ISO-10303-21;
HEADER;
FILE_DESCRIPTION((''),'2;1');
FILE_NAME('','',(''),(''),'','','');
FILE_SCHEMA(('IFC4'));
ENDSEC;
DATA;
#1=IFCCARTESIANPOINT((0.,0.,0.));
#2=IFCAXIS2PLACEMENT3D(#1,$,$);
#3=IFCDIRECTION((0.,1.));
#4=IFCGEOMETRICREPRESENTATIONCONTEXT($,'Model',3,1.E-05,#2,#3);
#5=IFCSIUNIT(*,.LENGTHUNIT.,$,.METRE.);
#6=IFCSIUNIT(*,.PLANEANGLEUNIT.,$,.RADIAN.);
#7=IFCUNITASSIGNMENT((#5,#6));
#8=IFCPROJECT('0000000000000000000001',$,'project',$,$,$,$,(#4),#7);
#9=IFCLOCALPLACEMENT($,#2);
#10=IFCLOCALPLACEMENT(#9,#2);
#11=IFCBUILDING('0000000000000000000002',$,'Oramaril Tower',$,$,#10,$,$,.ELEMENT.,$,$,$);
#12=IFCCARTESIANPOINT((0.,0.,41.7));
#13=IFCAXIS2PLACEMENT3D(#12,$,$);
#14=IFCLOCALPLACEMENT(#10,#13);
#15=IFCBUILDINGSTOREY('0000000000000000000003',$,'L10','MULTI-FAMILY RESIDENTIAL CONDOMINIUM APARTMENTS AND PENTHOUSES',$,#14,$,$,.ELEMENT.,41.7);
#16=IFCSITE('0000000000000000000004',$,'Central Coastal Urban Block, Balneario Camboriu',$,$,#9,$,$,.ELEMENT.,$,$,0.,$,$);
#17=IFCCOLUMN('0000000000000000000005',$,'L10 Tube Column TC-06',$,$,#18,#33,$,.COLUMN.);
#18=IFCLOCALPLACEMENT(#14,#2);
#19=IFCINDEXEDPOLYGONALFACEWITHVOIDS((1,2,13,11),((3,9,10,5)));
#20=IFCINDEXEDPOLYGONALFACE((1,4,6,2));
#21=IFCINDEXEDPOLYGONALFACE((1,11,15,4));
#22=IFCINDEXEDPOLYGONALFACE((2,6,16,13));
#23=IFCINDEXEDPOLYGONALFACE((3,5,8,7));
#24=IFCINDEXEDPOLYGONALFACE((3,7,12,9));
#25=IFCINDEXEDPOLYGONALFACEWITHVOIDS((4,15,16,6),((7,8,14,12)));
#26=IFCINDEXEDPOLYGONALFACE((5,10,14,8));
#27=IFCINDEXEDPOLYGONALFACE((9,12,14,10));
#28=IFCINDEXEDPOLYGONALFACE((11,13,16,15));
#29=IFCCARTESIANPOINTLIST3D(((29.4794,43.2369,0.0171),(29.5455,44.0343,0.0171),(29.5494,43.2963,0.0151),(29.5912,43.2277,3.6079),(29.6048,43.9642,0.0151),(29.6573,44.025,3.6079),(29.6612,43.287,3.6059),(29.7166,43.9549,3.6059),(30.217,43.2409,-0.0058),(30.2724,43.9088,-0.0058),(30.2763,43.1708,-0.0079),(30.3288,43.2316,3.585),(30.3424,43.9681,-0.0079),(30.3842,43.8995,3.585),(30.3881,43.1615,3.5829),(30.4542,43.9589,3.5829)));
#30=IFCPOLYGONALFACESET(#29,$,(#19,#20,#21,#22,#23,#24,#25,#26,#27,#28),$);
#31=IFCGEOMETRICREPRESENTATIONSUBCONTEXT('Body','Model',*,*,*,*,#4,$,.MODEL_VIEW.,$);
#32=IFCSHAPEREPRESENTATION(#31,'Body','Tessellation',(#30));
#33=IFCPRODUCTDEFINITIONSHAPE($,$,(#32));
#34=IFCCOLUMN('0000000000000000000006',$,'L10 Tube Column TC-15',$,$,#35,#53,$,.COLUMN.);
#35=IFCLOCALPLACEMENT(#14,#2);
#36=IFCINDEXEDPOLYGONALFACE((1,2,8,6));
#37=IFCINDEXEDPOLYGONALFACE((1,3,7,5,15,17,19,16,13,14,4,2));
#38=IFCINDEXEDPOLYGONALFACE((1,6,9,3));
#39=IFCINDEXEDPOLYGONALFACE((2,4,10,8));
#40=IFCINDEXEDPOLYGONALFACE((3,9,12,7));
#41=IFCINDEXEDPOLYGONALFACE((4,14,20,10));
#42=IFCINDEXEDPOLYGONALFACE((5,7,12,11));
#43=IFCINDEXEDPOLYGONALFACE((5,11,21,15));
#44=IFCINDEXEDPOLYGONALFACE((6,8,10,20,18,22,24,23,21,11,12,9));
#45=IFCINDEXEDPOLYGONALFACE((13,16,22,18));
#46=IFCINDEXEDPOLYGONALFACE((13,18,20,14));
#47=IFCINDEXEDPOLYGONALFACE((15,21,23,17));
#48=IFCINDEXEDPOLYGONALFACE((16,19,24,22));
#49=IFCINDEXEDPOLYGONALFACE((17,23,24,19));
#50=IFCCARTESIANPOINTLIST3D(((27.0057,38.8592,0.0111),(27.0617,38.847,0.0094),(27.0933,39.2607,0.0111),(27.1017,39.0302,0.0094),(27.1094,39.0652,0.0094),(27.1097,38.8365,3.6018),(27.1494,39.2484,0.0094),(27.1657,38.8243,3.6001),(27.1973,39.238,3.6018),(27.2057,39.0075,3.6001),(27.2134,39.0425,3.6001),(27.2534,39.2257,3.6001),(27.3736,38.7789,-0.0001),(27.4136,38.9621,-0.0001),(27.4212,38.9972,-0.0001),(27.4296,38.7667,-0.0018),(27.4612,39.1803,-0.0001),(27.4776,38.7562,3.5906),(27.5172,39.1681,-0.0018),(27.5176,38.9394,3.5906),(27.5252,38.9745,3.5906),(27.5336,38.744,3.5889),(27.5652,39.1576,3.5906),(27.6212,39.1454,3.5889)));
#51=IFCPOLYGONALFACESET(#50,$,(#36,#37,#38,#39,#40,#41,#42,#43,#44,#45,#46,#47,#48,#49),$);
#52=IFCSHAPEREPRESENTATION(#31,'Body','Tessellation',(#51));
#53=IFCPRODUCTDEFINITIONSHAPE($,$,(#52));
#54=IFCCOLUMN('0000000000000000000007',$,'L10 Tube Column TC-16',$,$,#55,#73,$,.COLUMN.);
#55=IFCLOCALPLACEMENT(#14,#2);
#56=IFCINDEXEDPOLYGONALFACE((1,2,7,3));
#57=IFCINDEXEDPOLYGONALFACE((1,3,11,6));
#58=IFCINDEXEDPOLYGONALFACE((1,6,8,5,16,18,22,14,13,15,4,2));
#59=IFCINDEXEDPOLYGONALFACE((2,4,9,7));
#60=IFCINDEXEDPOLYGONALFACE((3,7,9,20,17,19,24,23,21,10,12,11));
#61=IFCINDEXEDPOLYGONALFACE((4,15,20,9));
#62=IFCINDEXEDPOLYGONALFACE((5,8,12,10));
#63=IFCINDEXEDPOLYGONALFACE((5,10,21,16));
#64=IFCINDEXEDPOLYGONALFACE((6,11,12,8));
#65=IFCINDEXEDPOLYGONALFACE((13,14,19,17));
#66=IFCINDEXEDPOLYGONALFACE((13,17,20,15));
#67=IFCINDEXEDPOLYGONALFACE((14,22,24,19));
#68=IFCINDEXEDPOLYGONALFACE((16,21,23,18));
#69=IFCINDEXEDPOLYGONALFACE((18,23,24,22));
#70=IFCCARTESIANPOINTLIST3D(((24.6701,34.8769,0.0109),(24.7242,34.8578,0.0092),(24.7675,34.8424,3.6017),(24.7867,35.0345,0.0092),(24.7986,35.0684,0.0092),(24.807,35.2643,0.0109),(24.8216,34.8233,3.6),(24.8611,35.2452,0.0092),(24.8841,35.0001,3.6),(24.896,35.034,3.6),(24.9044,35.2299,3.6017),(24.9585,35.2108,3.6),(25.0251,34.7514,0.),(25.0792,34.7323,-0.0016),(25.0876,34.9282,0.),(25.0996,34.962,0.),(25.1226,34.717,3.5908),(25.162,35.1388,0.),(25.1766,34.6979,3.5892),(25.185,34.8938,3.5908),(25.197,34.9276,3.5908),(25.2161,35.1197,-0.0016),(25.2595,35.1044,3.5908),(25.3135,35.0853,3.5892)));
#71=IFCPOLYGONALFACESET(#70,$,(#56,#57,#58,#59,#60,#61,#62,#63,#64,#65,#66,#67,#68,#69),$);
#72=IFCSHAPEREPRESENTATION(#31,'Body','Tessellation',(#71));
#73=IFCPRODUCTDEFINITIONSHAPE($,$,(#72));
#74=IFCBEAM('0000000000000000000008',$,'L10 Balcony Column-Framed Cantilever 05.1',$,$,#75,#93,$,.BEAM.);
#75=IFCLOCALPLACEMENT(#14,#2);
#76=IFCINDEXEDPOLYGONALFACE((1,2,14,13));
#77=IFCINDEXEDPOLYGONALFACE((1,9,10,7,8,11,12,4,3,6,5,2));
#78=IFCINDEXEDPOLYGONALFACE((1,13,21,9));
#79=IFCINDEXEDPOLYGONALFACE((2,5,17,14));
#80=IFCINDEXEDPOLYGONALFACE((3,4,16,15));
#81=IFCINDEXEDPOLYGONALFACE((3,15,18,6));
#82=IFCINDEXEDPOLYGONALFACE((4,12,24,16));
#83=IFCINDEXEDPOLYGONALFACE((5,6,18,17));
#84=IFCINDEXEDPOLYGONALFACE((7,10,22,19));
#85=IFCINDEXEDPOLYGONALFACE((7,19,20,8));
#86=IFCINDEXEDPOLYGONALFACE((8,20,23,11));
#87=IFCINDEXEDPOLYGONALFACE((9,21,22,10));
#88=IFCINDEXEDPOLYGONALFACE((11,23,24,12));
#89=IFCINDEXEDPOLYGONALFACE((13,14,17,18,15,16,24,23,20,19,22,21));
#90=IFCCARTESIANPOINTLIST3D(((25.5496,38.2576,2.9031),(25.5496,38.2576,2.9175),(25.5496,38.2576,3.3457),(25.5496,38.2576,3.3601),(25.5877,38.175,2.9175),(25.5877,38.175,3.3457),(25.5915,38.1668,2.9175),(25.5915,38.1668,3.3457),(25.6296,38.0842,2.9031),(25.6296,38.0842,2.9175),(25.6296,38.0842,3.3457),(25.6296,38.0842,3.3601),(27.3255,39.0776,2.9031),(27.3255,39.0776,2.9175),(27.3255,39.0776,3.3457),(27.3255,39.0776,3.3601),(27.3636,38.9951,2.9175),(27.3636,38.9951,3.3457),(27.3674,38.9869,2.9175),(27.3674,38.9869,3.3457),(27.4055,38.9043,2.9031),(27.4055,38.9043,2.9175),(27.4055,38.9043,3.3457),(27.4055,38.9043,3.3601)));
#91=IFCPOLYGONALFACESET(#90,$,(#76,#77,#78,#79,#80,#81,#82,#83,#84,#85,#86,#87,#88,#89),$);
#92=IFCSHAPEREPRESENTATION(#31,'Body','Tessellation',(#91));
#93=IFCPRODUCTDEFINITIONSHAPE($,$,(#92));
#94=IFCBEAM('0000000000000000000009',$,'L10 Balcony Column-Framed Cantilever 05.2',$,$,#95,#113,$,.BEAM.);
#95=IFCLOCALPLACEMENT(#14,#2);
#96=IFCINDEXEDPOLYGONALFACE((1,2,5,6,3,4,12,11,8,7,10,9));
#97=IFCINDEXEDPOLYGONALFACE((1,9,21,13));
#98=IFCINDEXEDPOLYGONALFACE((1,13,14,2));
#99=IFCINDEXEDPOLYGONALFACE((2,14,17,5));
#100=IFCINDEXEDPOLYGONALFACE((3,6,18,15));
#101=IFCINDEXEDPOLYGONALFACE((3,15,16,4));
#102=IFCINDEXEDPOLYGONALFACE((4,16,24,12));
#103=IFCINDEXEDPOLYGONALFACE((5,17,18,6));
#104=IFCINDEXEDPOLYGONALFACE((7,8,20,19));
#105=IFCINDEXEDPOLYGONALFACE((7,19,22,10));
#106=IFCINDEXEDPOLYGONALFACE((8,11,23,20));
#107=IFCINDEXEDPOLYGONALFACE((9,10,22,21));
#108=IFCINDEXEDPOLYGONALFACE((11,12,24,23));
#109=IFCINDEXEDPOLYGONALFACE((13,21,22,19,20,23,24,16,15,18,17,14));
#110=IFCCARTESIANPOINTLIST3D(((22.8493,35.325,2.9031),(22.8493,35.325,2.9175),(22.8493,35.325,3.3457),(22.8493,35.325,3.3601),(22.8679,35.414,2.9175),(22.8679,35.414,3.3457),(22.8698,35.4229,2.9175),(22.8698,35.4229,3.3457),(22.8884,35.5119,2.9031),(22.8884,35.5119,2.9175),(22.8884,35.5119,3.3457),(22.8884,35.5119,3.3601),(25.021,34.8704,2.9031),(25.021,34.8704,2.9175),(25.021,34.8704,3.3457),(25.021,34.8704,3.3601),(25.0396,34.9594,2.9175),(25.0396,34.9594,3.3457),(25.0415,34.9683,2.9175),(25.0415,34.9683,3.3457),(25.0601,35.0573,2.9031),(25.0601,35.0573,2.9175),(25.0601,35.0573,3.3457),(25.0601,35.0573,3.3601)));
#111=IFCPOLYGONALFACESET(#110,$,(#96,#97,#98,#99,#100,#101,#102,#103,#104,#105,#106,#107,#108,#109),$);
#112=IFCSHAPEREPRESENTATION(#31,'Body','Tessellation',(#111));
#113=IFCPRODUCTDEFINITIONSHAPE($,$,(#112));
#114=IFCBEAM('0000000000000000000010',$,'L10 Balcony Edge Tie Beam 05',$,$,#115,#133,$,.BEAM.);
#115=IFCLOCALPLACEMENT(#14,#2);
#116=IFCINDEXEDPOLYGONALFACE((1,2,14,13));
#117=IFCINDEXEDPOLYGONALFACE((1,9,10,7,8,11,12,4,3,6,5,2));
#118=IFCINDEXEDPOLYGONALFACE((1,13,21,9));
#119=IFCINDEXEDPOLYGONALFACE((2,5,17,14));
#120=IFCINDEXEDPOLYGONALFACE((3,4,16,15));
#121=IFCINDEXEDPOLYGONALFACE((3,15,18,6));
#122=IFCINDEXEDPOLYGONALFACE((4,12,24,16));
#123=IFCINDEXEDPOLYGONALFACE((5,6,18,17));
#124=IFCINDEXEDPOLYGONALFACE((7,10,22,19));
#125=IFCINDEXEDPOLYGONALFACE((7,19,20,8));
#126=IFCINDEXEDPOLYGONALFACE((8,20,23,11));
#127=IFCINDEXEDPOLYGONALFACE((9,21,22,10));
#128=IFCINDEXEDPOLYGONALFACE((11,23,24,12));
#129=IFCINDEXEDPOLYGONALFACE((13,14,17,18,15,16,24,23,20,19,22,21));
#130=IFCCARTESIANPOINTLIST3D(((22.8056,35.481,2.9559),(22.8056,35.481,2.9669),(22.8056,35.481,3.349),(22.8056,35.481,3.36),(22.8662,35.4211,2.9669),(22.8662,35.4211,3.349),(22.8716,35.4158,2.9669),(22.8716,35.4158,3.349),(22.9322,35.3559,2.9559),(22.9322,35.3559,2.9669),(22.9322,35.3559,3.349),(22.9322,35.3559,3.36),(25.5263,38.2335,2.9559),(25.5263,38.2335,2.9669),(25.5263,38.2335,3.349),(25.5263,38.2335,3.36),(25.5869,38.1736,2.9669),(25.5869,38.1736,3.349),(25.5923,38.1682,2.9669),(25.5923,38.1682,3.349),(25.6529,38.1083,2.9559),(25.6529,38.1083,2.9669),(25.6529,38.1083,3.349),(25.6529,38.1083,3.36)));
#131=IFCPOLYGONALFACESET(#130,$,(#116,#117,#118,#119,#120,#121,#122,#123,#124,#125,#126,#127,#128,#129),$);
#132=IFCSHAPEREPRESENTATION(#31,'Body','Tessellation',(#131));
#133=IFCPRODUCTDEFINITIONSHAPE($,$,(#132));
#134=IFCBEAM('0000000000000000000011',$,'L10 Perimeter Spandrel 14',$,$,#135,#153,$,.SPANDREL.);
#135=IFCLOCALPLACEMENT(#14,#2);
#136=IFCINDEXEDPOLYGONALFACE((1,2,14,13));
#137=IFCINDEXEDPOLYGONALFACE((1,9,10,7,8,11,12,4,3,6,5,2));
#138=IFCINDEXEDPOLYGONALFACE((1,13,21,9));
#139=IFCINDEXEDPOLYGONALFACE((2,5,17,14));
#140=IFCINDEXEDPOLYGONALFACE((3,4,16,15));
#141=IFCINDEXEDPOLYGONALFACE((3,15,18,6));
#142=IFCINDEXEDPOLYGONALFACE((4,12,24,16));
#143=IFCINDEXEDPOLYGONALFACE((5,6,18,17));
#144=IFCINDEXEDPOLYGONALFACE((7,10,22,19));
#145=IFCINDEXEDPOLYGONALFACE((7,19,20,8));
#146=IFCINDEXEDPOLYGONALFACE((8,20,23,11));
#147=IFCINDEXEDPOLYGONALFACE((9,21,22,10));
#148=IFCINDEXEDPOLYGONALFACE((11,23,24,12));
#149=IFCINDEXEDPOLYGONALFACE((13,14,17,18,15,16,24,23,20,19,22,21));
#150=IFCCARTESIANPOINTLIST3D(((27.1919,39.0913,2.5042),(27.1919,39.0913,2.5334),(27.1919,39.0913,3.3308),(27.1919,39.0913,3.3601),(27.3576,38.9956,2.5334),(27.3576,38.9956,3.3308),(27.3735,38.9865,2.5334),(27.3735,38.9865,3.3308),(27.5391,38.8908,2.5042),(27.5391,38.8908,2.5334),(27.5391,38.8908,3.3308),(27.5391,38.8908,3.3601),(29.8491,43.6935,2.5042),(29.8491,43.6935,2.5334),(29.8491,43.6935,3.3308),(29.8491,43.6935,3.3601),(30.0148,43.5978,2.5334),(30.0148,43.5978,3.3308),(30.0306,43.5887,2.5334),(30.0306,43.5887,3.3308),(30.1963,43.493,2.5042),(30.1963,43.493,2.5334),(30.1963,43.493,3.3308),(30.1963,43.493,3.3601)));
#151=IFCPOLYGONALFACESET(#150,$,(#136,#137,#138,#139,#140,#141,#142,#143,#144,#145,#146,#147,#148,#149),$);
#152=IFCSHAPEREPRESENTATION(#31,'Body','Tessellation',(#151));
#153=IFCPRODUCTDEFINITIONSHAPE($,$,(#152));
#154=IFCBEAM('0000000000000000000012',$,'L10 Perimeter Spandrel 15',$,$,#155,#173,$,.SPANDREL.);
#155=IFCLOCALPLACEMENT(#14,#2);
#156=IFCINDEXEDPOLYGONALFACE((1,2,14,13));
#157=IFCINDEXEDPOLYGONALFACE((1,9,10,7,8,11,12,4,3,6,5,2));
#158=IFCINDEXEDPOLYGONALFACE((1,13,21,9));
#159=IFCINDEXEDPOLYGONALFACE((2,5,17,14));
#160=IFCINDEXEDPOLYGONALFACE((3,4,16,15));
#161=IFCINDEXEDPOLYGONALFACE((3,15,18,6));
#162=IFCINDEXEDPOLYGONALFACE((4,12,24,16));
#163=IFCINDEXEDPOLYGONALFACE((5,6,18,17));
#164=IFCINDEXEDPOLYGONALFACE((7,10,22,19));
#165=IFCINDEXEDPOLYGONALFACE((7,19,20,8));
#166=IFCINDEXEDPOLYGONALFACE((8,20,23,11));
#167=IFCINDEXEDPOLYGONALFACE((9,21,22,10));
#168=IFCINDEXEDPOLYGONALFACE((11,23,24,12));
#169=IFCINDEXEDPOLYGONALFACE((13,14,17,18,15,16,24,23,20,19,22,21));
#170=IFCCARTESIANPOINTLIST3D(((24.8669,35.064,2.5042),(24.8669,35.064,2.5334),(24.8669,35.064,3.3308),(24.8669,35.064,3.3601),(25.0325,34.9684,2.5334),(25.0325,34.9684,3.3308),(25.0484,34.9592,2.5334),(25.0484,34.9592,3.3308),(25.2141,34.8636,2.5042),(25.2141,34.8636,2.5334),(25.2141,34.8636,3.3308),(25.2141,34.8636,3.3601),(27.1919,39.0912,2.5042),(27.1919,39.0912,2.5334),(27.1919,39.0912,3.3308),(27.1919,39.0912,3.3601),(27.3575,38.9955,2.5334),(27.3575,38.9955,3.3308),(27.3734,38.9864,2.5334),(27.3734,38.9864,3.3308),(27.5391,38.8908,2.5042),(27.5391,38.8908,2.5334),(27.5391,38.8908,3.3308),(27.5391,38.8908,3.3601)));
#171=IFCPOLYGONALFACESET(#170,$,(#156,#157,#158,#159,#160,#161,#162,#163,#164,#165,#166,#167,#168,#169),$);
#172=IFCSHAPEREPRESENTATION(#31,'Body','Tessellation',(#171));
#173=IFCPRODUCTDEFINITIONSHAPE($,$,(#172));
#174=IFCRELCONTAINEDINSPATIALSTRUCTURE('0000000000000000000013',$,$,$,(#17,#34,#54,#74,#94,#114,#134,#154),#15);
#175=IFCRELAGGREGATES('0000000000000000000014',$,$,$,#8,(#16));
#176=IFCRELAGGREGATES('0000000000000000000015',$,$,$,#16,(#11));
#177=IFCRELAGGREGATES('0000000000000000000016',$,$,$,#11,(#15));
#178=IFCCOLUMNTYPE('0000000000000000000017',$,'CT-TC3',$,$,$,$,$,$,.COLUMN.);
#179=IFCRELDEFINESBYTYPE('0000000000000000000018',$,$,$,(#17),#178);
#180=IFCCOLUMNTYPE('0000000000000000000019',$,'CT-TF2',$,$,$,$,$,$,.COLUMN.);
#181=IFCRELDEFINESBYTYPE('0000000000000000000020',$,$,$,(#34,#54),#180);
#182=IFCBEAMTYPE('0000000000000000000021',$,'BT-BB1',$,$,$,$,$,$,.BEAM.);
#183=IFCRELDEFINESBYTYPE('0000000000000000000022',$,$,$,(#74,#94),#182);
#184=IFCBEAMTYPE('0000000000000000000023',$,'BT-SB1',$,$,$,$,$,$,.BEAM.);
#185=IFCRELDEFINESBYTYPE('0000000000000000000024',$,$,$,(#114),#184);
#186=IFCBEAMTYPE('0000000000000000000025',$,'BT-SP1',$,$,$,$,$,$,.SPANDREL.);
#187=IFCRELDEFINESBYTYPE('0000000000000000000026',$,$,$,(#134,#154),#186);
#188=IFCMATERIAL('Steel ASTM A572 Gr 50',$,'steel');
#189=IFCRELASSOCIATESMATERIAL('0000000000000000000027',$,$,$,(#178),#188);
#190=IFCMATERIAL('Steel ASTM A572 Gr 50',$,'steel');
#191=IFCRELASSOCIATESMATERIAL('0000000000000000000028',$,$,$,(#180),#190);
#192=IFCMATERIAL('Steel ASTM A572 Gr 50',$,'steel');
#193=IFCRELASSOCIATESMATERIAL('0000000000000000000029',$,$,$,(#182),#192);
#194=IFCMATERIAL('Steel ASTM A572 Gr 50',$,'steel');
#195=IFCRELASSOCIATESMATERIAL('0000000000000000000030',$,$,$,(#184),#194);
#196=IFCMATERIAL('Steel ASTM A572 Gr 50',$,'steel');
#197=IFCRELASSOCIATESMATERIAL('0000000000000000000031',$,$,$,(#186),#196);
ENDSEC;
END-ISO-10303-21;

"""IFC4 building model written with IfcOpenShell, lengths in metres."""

from ifc_helpers import new_model, si_unit, direction, frame, origin, origin_2d, place, context, subcontext, project, spatial, hollow_rectangle, i_section, extrude, material, material_profile, profile_set, type_object, element, save


model = new_model("IFC4")

# Units and contexts
model_context = context("Model", 3, precision=1e-05, world=origin(), true_north=direction((0.0, 1.0)))
body_context = subcontext(model_context, "Body", "Model", "MODEL_VIEW")
ifc_project = project(units=[si_unit("LENGTHUNIT", "METRE"), si_unit("PLANEANGLEUNIT", "RADIAN")], contexts=[model_context])

# Site, building, storey
site_placement = place(None, origin())
site = spatial("IfcSite", under=ifc_project, at=site_placement, Name="Central Coastal Urban Block, Balneario Camboriu", CompositionType="ELEMENT", RefElevation=0.0)
building_placement = place(site_placement, origin())
building = spatial("IfcBuilding", under=site, at=building_placement, Name="Oramaril Tower", CompositionType="ELEMENT")
storey_placement = place(building_placement, frame((0.0, 0.0, 41.7)))
storey = spatial("IfcBuildingStorey", under=building, at=storey_placement, Name="L10", Description="MULTI-FAMILY RESIDENTIAL CONDOMINIUM APARTMENTS AND PENTHOUSES", CompositionType="ELEMENT", Elevation=41.7)

# Columns
ifc_material_1 = material(Name="Steel ASTM A572 Gr 50", Category="steel")
ifc_material_profile_1 = material_profile(ifc_material_1, hollow_rectangle(XDim=0.8, YDim=0.8, WallThickness=0.0649, at=origin_2d()), Name="BOX800X800X65")
ifc_profile_set_1 = profile_set([ifc_material_profile_1], Name="Steel ASTM A572 Gr 50")
column_type_1 = type_object("IfcColumnType", Name="CT-TC3", PredefinedType="COLUMN", material=ifc_profile_set_1)
column_placement = place(storey_placement, frame((29.9109, 43.6025, 0.0046), z_axis=(0.031124, -0.002582, 0.999512), x_axis=(0.082685, 0.996576, 0.0)))
element("IfcColumn", 1, at=column_placement, inside=storey, type_object=column_type_1, Name="L10 Tube Column TC-06", PredefinedType="COLUMN", context=body_context, shape_type="SweptSolid", body=[
    extrude(hollow_rectangle(XDim=0.8, YDim=0.8, WallThickness=0.0649, at=origin_2d()), origin(), (0.0, 0.0, 1.0), 3.5925),
])
ifc_material_2 = material(Name="Steel ASTM A572 Gr 50", Category="steel")
ifc_material_profile_2 = material_profile(ifc_material_2, i_section(OverallWidth=0.4109, OverallDepth=0.4341, WebThickness=0.0359, FlangeThickness=0.0574, at=origin_2d()), Name="W14X311")
ifc_profile_set_2 = profile_set([ifc_material_profile_2], Name="Steel ASTM A572 Gr 50")
column_type_2 = type_object("IfcColumnType", Name="CT-TF2", PredefinedType="COLUMN", material=ifc_profile_set_2)
for number, where, z_axis, x_axis, name in (
    (2, (27.2615, 39.0137, 0.0046), (0.028951, -0.00632, 0.999561), (0.213286, 0.97699, 0.0), "L10 Tube Column TC-15"),
    (3, (24.9431, 34.9983, 0.0046), (0.027117, -0.009583, 0.999586), (0.333191, 0.942859, 0.0), "L10 Tube Column TC-16"),
):
    element("IfcColumn", number, at=place(storey_placement, frame(where, z_axis=z_axis, x_axis=x_axis)), inside=storey, type_object=column_type_2, Name=name, PredefinedType="COLUMN", context=body_context, shape_type="SweptSolid", body=[
        extrude(i_section(OverallWidth=0.4109, OverallDepth=0.4341, WebThickness=0.0359, FlangeThickness=0.0574, at=origin_2d()), origin(), (0.0, 0.0, 1.0), 3.5923),
    ])

# Beams
ifc_material_3 = material(Name="Steel ASTM A572 Gr 50", Category="steel")
ifc_material_profile_3 = material_profile(ifc_material_3, i_section(OverallWidth=0.1909, OverallDepth=0.457, WebThickness=0.009, FlangeThickness=0.0144, at=origin_2d()), Name="W18X50")
ifc_profile_set_3 = profile_set([ifc_material_profile_3], Name="Steel ASTM A572 Gr 50")
beam_type_1 = type_object("IfcBeamType", Name="BT-BB1", PredefinedType="BEAM", material=ifc_profile_set_3)
beam_1_placement = place(storey_placement, frame((27.3655, 38.991, 3.1316), z_axis=(-0.907875, -0.41924, 0.0), x_axis=(0.41924, -0.907875, 0.0)))
element("IfcBeam", 4, at=beam_1_placement, inside=storey, type_object=beam_type_1, Name="L10 Balcony Column-Framed Cantilever 05.1", PredefinedType="BEAM", context=body_context, shape_type="SweptSolid", body=[
    extrude(i_section(OverallWidth=0.1909, OverallDepth=0.457, WebThickness=0.009, FlangeThickness=0.0144, at=origin_2d()), origin(), (0.0, 0.0, 1.0), 1.9561),
])
beam_2_placement = place(storey_placement, frame((25.0405, 34.9639, 3.1316), z_axis=(-0.978785, 0.20489, 0.0), x_axis=(-0.20489, -0.978785, 0.0)))
element("IfcBeam", 5, at=beam_2_placement, inside=storey, type_object=beam_type_1, Name="L10 Balcony Column-Framed Cantilever 05.2", PredefinedType="BEAM", context=body_context, shape_type="SweptSolid", body=[
    extrude(i_section(OverallWidth=0.1909, OverallDepth=0.457, WebThickness=0.009, FlangeThickness=0.0144, at=origin_2d()), origin(), (0.0, 0.0, 1.0), 2.2188),
])
ifc_material_4 = material(Name="Steel ASTM A572 Gr 50", Category="steel")
ifc_material_profile_4 = material_profile(ifc_material_4, i_section(OverallWidth=0.178, OverallDepth=0.4041, WebThickness=0.0076, FlangeThickness=0.011, at=origin_2d()), Name="W16X36")
ifc_profile_set_4 = profile_set([ifc_material_profile_4], Name="Steel ASTM A572 Gr 50")
beam_type_2 = type_object("IfcBeamType", Name="BT-SB1", PredefinedType="BEAM", material=ifc_profile_set_4)
beam_3_placement = place(storey_placement, frame((25.5896, 38.1709, 3.158), z_axis=(-0.702995, -0.711195, 0.0), x_axis=(0.711195, -0.702995, 0.0)))
element("IfcBeam", 6, at=beam_3_placement, inside=storey, type_object=beam_type_2, Name="L10 Balcony Edge Tie Beam 05", PredefinedType="BEAM", context=body_context, shape_type="SweptSolid", body=[
    extrude(i_section(OverallWidth=0.178, OverallDepth=0.4041, WebThickness=0.0076, FlangeThickness=0.011, at=origin_2d()), origin(), (0.0, 0.0, 1.0), 3.8701),
])
ifc_material_5 = material(Name="Steel ASTM A572 Gr 50", Category="steel")
ifc_material_profile_5 = material_profile(ifc_material_5, i_section(OverallWidth=0.4009, OverallDepth=0.856, WebThickness=0.0183, FlangeThickness=0.0293, at=origin_2d()), Name="W33X201")
ifc_profile_set_5 = profile_set([ifc_material_profile_5], Name="Steel ASTM A572 Gr 50")
beam_type_3 = type_object("IfcBeamType", Name="BT-SP1", PredefinedType="SPANDREL", material=ifc_profile_set_5)
beam_4_placement = place(storey_placement, frame((30.0227, 43.5933, 2.9321), z_axis=(-0.500013, -0.866018, 0.0), x_axis=(0.866018, -0.500013, 0.0)))
element("IfcBeam", 7, at=beam_4_placement, inside=storey, type_object=beam_type_3, Name="L10 Perimeter Spandrel 14", PredefinedType="SPANDREL", context=body_context, shape_type="SweptSolid", body=[
    extrude(i_section(OverallWidth=0.4009, OverallDepth=0.856, WebThickness=0.0183, FlangeThickness=0.0293, at=origin_2d()), origin(), (0.0, 0.0, 1.0), 5.3142),
])
beam_5_placement = place(storey_placement, frame((27.3655, 38.991, 2.9321), z_axis=(-0.499985, -0.866034, 0.0), x_axis=(0.866034, -0.499985, 0.0)))
element("IfcBeam", 8, at=beam_5_placement, inside=storey, type_object=beam_type_3, Name="L10 Perimeter Spandrel 15", PredefinedType="SPANDREL", context=body_context, shape_type="SweptSolid", body=[
    extrude(i_section(OverallWidth=0.4009, OverallDepth=0.856, WebThickness=0.0183, FlangeThickness=0.0293, at=origin_2d()), origin(), (0.0, 0.0, 1.0), 4.6501),
])

save(model, "model.ifc")
